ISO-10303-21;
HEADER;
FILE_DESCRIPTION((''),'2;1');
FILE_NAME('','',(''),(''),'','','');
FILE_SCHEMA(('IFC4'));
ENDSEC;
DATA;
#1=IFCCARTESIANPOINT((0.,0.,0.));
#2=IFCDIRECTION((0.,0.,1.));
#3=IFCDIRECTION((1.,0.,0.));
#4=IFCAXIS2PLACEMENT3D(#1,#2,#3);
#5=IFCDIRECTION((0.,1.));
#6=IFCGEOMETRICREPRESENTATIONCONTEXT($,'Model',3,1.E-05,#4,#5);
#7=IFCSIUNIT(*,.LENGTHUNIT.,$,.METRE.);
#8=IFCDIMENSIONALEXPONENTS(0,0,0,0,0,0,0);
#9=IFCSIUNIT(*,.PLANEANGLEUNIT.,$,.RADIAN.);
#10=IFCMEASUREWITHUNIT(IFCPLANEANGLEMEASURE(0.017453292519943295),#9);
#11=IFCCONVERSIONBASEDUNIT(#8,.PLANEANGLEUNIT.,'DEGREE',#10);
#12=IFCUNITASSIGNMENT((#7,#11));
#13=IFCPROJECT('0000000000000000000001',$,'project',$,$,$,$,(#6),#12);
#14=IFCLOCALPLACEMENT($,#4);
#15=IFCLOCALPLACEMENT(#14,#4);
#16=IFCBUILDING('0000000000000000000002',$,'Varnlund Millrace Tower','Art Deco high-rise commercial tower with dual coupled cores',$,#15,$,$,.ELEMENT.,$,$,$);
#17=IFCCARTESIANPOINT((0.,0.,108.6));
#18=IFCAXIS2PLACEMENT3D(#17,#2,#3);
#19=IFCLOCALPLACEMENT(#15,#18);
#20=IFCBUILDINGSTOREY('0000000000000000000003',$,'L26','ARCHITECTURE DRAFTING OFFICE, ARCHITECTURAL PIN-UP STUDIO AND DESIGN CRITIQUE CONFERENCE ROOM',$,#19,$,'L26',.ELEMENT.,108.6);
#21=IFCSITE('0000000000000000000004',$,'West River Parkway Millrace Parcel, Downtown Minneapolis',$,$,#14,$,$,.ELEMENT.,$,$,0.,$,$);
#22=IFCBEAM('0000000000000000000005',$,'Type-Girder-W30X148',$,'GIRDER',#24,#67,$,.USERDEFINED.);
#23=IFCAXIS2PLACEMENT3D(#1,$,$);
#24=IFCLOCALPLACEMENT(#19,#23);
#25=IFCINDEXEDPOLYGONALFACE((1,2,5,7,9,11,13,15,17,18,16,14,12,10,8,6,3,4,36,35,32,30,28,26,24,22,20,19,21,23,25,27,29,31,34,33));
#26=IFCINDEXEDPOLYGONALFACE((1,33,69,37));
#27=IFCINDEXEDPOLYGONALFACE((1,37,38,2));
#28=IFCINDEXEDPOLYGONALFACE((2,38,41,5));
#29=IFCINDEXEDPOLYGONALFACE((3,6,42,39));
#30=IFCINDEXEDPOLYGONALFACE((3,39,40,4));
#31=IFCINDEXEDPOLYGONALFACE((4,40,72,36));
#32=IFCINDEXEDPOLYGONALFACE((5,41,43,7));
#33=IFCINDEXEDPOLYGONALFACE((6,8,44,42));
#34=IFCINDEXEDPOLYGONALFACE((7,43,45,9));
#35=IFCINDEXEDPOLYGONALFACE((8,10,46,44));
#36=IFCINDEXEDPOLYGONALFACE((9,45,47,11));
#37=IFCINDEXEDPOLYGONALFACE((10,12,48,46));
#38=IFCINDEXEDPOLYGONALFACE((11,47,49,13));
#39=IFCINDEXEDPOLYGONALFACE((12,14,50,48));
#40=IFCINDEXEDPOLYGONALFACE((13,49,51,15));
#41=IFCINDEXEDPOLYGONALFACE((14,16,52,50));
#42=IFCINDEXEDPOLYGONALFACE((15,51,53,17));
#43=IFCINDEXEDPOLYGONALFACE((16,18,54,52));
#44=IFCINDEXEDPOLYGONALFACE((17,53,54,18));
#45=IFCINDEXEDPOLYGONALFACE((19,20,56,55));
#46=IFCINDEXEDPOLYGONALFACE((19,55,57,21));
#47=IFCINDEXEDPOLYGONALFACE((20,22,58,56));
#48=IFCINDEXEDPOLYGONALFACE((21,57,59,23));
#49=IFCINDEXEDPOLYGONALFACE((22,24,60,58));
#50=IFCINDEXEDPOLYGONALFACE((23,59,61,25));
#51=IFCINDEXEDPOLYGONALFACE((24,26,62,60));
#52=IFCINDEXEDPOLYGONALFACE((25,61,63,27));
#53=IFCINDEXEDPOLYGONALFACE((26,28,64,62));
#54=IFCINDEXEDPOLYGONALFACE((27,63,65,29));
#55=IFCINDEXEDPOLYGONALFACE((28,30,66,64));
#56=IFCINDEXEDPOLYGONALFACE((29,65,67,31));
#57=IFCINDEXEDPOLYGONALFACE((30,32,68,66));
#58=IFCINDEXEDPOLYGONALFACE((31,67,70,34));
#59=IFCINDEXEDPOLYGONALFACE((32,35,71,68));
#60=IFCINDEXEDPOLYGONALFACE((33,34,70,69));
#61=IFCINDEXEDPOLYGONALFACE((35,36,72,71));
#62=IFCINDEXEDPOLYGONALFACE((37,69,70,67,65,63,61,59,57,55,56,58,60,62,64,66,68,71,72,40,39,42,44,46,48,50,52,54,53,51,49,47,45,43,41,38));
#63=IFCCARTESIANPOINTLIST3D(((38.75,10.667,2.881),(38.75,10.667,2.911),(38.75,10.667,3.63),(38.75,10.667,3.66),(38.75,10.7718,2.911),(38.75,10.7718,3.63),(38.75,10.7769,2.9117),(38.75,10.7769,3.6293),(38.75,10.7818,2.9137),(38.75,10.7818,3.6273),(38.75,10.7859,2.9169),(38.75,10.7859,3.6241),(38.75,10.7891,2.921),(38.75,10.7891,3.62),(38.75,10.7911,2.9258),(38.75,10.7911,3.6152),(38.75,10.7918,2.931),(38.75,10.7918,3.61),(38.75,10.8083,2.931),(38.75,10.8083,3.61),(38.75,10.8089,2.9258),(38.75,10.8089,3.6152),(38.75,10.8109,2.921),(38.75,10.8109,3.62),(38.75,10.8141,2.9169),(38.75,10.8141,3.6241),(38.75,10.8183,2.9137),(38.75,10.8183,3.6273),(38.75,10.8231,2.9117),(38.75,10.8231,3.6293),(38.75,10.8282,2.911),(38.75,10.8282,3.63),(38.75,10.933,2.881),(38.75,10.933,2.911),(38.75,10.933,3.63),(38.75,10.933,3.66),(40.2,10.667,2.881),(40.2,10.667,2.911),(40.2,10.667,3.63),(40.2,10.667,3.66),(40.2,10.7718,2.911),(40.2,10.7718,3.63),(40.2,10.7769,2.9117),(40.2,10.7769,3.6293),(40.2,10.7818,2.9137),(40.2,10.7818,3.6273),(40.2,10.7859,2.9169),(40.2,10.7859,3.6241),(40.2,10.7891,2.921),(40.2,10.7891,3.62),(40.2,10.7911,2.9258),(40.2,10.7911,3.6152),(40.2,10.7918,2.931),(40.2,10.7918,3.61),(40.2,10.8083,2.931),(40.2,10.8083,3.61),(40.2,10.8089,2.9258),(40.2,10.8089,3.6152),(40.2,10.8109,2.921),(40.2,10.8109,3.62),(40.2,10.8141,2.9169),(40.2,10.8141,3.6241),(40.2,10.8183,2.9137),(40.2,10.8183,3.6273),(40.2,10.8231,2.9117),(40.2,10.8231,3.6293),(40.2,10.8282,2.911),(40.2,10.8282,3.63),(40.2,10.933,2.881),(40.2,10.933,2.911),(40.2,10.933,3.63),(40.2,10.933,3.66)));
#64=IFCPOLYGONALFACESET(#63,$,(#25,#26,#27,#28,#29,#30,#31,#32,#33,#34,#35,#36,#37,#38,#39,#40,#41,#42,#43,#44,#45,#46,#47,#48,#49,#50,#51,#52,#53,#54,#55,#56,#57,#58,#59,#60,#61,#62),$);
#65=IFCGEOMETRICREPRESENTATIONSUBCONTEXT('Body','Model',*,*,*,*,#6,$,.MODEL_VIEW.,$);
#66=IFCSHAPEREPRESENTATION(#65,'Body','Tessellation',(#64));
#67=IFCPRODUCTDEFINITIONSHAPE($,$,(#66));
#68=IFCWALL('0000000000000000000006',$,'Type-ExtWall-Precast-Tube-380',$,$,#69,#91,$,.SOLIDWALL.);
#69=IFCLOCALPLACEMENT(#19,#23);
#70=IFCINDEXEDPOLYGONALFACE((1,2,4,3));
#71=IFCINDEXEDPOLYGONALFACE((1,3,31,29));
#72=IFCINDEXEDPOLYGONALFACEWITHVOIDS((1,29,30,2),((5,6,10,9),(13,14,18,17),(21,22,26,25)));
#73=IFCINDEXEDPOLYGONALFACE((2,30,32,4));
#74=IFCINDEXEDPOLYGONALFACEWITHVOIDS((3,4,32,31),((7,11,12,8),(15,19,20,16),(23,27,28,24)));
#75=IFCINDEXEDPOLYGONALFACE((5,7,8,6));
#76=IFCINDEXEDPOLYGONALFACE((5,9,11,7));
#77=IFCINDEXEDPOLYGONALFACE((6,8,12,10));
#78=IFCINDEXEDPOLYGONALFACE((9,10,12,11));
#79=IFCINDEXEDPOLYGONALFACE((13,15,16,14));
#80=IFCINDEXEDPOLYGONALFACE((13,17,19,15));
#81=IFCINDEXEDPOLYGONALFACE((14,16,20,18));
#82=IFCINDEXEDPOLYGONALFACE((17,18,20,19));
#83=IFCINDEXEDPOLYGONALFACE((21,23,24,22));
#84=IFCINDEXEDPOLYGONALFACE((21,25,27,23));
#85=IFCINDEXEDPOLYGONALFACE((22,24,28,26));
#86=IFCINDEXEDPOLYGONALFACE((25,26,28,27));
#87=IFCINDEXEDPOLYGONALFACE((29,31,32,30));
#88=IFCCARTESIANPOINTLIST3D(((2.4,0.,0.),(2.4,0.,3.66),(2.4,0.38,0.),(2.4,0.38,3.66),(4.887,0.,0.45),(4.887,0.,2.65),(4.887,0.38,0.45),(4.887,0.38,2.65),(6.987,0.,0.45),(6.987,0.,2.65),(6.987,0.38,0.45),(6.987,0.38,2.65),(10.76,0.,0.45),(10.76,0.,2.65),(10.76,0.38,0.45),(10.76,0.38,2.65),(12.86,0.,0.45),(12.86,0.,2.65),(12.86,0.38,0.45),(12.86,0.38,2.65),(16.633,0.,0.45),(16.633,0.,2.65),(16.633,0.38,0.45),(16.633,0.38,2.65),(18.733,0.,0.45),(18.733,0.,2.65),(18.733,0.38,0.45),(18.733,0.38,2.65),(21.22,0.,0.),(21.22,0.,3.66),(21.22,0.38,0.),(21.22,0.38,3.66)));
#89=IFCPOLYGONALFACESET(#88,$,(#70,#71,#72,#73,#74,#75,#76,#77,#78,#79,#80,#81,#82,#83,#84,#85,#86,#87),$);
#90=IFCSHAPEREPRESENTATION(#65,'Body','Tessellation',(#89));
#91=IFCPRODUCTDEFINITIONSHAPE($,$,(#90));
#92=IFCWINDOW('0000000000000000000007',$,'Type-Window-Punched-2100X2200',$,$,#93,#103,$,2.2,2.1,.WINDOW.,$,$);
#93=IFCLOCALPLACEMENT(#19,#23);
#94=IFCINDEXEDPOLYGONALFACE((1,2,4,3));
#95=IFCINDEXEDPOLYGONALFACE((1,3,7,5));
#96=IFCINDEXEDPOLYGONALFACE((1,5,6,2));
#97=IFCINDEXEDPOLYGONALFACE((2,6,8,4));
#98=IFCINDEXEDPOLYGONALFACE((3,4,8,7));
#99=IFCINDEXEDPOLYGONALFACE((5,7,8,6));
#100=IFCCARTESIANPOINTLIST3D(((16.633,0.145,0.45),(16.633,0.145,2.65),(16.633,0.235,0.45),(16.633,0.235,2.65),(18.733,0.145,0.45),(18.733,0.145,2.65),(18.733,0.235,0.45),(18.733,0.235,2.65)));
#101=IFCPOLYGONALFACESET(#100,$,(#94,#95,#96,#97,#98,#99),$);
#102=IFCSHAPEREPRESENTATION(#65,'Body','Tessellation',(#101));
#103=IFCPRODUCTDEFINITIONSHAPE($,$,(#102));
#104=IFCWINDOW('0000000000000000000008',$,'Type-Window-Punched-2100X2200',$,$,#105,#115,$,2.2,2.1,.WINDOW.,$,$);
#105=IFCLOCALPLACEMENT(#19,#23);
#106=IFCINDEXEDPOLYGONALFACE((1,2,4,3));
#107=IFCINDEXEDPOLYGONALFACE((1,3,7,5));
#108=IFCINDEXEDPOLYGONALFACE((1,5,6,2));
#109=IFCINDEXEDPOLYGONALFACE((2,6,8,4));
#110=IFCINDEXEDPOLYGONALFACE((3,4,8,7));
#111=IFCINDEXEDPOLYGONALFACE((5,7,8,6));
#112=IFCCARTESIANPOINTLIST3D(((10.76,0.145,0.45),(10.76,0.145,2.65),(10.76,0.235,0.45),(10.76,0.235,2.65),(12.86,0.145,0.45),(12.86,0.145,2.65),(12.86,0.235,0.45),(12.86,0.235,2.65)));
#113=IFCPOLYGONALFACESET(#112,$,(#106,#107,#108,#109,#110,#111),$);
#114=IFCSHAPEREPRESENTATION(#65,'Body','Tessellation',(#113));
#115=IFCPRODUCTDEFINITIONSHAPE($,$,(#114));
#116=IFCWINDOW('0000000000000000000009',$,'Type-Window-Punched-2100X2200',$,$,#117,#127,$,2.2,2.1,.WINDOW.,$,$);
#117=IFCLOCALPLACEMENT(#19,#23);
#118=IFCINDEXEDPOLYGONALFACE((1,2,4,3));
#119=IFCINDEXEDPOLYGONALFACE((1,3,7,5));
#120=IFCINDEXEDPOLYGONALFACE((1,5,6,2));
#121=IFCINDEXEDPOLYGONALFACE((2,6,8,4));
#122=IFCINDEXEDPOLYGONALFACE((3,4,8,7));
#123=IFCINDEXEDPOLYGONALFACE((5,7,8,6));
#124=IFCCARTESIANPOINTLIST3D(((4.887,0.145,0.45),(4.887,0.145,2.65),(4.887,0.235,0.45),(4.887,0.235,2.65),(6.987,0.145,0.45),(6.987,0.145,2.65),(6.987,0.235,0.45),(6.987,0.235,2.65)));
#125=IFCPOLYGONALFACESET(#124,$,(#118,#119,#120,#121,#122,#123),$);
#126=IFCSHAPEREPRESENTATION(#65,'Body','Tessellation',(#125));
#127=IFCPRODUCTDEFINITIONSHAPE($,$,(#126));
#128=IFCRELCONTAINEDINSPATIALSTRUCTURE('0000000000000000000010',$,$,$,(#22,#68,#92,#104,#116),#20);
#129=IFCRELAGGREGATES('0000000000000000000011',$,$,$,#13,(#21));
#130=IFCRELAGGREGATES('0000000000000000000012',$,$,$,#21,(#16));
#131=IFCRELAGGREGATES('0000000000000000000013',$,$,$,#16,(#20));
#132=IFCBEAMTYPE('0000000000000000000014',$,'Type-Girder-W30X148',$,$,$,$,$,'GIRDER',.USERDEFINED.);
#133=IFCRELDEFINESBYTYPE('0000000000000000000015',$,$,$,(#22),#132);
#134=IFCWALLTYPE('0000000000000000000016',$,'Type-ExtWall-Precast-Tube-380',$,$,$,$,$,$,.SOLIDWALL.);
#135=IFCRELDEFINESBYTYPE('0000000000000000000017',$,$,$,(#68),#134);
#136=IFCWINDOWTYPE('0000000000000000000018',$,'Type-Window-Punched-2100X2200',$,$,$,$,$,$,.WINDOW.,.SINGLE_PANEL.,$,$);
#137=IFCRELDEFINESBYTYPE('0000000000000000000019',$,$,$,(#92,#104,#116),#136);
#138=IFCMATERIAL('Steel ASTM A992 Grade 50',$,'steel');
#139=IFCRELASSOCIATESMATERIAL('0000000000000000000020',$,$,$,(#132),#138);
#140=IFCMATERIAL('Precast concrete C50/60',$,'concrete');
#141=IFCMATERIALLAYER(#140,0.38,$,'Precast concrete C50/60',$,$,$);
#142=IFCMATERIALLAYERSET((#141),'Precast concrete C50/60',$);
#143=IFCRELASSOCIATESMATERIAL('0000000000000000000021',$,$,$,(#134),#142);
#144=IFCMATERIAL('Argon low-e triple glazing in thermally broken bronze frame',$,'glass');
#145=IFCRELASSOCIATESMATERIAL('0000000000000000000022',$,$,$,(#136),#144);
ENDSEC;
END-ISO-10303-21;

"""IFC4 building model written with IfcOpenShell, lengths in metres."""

from ifc_helpers import new_model, entity, si_unit, converted_unit, direction, frame, origin_with_axes, origin_2d_with_axis, place, context, subcontext, project, spatial, polyline, rectangle, i_section, outline, extrude, material, layer, layer_set, material_profile, profile_set, type_object, element, fill, save


model = new_model("IFC4")

# Units and contexts
model_context = context("Model", 3, precision=1e-05, world=origin_with_axes(), true_north=direction((0.0, 1.0)))
body_context = subcontext(model_context, "Body", "Model", "MODEL_VIEW")
ifc_project = project(units=[si_unit("LENGTHUNIT", "METRE"), converted_unit("PLANEANGLEUNIT", "DEGREE", entity("IfcPlaneAngleMeasure", 0.017453292519943295), si_unit("PLANEANGLEUNIT", "RADIAN"), dimensions=[0, 0, 0, 0, 0, 0, 0])], contexts=[model_context])

# Site, building, storey
site_placement = place(None, origin_with_axes())
site = spatial("IfcSite", under=ifc_project, at=site_placement, Name="West River Parkway Millrace Parcel, Downtown Minneapolis", CompositionType="ELEMENT", RefElevation=0.0)
building_placement = place(site_placement, origin_with_axes())
building = spatial("IfcBuilding", under=site, at=building_placement, Name="Varnlund Millrace Tower", Description="Art Deco high-rise commercial tower with dual coupled cores", CompositionType="ELEMENT")
storey_placement = place(building_placement, frame((0.0, 0.0, 108.6), z_axis=(0.0, 0.0, 1.0), x_axis=(1.0, 0.0, 0.0)))
storey = spatial("IfcBuildingStorey", under=building, at=storey_placement, Name="L26", Description="ARCHITECTURE DRAFTING OFFICE, ARCHITECTURAL PIN-UP STUDIO AND DESIGN CRITIQUE CONFERENCE ROOM", LongName="L26", CompositionType="ELEMENT", Elevation=108.6)

# Beam
ifc_material_1 = material(Name="Steel ASTM A992 Grade 50", Category="steel")
ifc_material_profile_1 = material_profile(ifc_material_1, i_section(OverallWidth=0.266, OverallDepth=0.779, WebThickness=0.0165, FlangeThickness=0.03, FilletRadius=0.02, at=origin_2d_with_axis()), Name="Steel ASTM A992 Grade 50")
ifc_profile_set_1 = profile_set([ifc_material_profile_1], Name="Steel ASTM A992 Grade 50")
beam_type_1 = type_object("IfcBeamType", Name="Type-Girder-W30X148", ElementType="GIRDER", PredefinedType="USERDEFINED", material=ifc_profile_set_1)
beam_1_placement = place(storey_placement, frame((38.75, 10.8, 3.2705), z_axis=(1.0, 0.0, 0.0), x_axis=(0.0, 1.0, 0.0)))
element("IfcBeam", 1, at=beam_1_placement, inside=storey, type_object=beam_type_1, Name="Type-Girder-W30X148", ObjectType="GIRDER", PredefinedType="USERDEFINED", context=body_context, shape_type="SweptSolid", body=[
    extrude(i_section(OverallWidth=0.266, OverallDepth=0.779, WebThickness=0.0165, FlangeThickness=0.03, FilletRadius=0.02, at=origin_2d_with_axis()), origin_with_axes(), (0.0, 0.0, 1.0), 1.45),
])

# Wall, openings, windows
ifc_material_2 = material(Name="Precast concrete C50/60", Category="concrete")
ifc_layer_1 = layer(ifc_material_2, 0.38, Name="Precast concrete C50/60")
ifc_layer_set_1 = layer_set([ifc_layer_1], Name="Precast concrete C50/60")
wall_type_1 = type_object("IfcWallType", Name="Type-ExtWall-Precast-Tube-380", PredefinedType="SOLIDWALL", material=ifc_layer_set_1)
wall_1_placement = place(storey_placement, frame((21.22, 0.19, 0.0), z_axis=(0.0, 0.0, 1.0), x_axis=(-1.0, 0.0, 0.0)))
wall_1 = element("IfcWall", 2, at=wall_1_placement, inside=storey, type_object=wall_type_1, Name="Type-ExtWall-Precast-Tube-380", PredefinedType="SOLIDWALL", context=body_context, shape_type="SweptSolid", body=[
    extrude(outline(polyline([(0.0, -0.19), (18.82, -0.19), (18.82, 0.19), (0.0, 0.19), (0.0, -0.19)])), origin_with_axes(), (0.0, 0.0, 1.0), 3.66),
])
opening_1_placement = place(wall_1_placement, frame((3.537, 0.0, 0.45), z_axis=(0.0, 0.0, 1.0), x_axis=(1.0, 0.0, 0.0)))
opening_1 = element("IfcOpeningElement", 3, at=opening_1_placement, cuts=wall_1, PredefinedType="OPENING", context=body_context, shape_type="SweptSolid", body=[
    extrude(rectangle(XDim=2.1, YDim=0.4, at=origin_2d_with_axis()), origin_with_axes(), (0.0, 0.0, 1.0), 2.2),
])
opening_2_placement = place(wall_1_placement, frame((9.41, 0.0, 0.45), z_axis=(0.0, 0.0, 1.0), x_axis=(1.0, 0.0, 0.0)))
opening_2 = element("IfcOpeningElement", 4, at=opening_2_placement, cuts=wall_1, PredefinedType="OPENING", context=body_context, shape_type="SweptSolid", body=[
    extrude(rectangle(XDim=2.1, YDim=0.4, at=origin_2d_with_axis()), origin_with_axes(), (0.0, 0.0, 1.0), 2.2),
])
opening_3_placement = place(wall_1_placement, frame((15.283, 0.0, 0.45), z_axis=(0.0, 0.0, 1.0), x_axis=(1.0, 0.0, 0.0)))
opening_3 = element("IfcOpeningElement", 5, at=opening_3_placement, cuts=wall_1, PredefinedType="OPENING", context=body_context, shape_type="SweptSolid", body=[
    extrude(rectangle(XDim=2.1, YDim=0.4, at=origin_2d_with_axis()), origin_with_axes(), (0.0, 0.0, 1.0), 2.2),
])
ifc_material_3 = material(Name="Argon low-e triple glazing in thermally broken bronze frame", Category="glass")
window_type = type_object("IfcWindowType", Name="Type-Window-Punched-2100X2200", PartitioningType="SINGLE_PANEL", PredefinedType="WINDOW", material=ifc_material_3)
window_1_placement = place(wall_1_placement, frame((3.537, 0.0, 0.45), z_axis=(0.0, 0.0, 1.0), x_axis=(1.0, 0.0, 0.0)))
window_1 = element("IfcWindow", 6, at=window_1_placement, inside=storey, type_object=window_type, Name="Type-Window-Punched-2100X2200", OverallHeight=2.2, OverallWidth=2.1, PredefinedType="WINDOW", context=body_context, shape_type="SweptSolid", body=[
    extrude(rectangle(XDim=2.1, YDim=0.09, at=origin_2d_with_axis()), origin_with_axes(), (0.0, 0.0, 1.0), 2.2),
])
fill(opening_1, window_1)
window_2_placement = place(wall_1_placement, frame((9.41, 0.0, 0.45), z_axis=(0.0, 0.0, 1.0), x_axis=(1.0, 0.0, 0.0)))
window_2 = element("IfcWindow", 7, at=window_2_placement, inside=storey, type_object=window_type, Name="Type-Window-Punched-2100X2200", OverallHeight=2.2, OverallWidth=2.1, PredefinedType="WINDOW", context=body_context, shape_type="SweptSolid", body=[
    extrude(rectangle(XDim=2.1, YDim=0.09, at=origin_2d_with_axis()), origin_with_axes(), (0.0, 0.0, 1.0), 2.2),
])
fill(opening_2, window_2)
window_3_placement = place(wall_1_placement, frame((15.283, 0.0, 0.45), z_axis=(0.0, 0.0, 1.0), x_axis=(1.0, 0.0, 0.0)))
window_3 = element("IfcWindow", 8, at=window_3_placement, inside=storey, type_object=window_type, Name="Type-Window-Punched-2100X2200", OverallHeight=2.2, OverallWidth=2.1, PredefinedType="WINDOW", context=body_context, shape_type="SweptSolid", body=[
    extrude(rectangle(XDim=2.1, YDim=0.09, at=origin_2d_with_axis()), origin_with_axes(), (0.0, 0.0, 1.0), 2.2),
])
fill(opening_3, window_3)

save(model, "model.ifc")
